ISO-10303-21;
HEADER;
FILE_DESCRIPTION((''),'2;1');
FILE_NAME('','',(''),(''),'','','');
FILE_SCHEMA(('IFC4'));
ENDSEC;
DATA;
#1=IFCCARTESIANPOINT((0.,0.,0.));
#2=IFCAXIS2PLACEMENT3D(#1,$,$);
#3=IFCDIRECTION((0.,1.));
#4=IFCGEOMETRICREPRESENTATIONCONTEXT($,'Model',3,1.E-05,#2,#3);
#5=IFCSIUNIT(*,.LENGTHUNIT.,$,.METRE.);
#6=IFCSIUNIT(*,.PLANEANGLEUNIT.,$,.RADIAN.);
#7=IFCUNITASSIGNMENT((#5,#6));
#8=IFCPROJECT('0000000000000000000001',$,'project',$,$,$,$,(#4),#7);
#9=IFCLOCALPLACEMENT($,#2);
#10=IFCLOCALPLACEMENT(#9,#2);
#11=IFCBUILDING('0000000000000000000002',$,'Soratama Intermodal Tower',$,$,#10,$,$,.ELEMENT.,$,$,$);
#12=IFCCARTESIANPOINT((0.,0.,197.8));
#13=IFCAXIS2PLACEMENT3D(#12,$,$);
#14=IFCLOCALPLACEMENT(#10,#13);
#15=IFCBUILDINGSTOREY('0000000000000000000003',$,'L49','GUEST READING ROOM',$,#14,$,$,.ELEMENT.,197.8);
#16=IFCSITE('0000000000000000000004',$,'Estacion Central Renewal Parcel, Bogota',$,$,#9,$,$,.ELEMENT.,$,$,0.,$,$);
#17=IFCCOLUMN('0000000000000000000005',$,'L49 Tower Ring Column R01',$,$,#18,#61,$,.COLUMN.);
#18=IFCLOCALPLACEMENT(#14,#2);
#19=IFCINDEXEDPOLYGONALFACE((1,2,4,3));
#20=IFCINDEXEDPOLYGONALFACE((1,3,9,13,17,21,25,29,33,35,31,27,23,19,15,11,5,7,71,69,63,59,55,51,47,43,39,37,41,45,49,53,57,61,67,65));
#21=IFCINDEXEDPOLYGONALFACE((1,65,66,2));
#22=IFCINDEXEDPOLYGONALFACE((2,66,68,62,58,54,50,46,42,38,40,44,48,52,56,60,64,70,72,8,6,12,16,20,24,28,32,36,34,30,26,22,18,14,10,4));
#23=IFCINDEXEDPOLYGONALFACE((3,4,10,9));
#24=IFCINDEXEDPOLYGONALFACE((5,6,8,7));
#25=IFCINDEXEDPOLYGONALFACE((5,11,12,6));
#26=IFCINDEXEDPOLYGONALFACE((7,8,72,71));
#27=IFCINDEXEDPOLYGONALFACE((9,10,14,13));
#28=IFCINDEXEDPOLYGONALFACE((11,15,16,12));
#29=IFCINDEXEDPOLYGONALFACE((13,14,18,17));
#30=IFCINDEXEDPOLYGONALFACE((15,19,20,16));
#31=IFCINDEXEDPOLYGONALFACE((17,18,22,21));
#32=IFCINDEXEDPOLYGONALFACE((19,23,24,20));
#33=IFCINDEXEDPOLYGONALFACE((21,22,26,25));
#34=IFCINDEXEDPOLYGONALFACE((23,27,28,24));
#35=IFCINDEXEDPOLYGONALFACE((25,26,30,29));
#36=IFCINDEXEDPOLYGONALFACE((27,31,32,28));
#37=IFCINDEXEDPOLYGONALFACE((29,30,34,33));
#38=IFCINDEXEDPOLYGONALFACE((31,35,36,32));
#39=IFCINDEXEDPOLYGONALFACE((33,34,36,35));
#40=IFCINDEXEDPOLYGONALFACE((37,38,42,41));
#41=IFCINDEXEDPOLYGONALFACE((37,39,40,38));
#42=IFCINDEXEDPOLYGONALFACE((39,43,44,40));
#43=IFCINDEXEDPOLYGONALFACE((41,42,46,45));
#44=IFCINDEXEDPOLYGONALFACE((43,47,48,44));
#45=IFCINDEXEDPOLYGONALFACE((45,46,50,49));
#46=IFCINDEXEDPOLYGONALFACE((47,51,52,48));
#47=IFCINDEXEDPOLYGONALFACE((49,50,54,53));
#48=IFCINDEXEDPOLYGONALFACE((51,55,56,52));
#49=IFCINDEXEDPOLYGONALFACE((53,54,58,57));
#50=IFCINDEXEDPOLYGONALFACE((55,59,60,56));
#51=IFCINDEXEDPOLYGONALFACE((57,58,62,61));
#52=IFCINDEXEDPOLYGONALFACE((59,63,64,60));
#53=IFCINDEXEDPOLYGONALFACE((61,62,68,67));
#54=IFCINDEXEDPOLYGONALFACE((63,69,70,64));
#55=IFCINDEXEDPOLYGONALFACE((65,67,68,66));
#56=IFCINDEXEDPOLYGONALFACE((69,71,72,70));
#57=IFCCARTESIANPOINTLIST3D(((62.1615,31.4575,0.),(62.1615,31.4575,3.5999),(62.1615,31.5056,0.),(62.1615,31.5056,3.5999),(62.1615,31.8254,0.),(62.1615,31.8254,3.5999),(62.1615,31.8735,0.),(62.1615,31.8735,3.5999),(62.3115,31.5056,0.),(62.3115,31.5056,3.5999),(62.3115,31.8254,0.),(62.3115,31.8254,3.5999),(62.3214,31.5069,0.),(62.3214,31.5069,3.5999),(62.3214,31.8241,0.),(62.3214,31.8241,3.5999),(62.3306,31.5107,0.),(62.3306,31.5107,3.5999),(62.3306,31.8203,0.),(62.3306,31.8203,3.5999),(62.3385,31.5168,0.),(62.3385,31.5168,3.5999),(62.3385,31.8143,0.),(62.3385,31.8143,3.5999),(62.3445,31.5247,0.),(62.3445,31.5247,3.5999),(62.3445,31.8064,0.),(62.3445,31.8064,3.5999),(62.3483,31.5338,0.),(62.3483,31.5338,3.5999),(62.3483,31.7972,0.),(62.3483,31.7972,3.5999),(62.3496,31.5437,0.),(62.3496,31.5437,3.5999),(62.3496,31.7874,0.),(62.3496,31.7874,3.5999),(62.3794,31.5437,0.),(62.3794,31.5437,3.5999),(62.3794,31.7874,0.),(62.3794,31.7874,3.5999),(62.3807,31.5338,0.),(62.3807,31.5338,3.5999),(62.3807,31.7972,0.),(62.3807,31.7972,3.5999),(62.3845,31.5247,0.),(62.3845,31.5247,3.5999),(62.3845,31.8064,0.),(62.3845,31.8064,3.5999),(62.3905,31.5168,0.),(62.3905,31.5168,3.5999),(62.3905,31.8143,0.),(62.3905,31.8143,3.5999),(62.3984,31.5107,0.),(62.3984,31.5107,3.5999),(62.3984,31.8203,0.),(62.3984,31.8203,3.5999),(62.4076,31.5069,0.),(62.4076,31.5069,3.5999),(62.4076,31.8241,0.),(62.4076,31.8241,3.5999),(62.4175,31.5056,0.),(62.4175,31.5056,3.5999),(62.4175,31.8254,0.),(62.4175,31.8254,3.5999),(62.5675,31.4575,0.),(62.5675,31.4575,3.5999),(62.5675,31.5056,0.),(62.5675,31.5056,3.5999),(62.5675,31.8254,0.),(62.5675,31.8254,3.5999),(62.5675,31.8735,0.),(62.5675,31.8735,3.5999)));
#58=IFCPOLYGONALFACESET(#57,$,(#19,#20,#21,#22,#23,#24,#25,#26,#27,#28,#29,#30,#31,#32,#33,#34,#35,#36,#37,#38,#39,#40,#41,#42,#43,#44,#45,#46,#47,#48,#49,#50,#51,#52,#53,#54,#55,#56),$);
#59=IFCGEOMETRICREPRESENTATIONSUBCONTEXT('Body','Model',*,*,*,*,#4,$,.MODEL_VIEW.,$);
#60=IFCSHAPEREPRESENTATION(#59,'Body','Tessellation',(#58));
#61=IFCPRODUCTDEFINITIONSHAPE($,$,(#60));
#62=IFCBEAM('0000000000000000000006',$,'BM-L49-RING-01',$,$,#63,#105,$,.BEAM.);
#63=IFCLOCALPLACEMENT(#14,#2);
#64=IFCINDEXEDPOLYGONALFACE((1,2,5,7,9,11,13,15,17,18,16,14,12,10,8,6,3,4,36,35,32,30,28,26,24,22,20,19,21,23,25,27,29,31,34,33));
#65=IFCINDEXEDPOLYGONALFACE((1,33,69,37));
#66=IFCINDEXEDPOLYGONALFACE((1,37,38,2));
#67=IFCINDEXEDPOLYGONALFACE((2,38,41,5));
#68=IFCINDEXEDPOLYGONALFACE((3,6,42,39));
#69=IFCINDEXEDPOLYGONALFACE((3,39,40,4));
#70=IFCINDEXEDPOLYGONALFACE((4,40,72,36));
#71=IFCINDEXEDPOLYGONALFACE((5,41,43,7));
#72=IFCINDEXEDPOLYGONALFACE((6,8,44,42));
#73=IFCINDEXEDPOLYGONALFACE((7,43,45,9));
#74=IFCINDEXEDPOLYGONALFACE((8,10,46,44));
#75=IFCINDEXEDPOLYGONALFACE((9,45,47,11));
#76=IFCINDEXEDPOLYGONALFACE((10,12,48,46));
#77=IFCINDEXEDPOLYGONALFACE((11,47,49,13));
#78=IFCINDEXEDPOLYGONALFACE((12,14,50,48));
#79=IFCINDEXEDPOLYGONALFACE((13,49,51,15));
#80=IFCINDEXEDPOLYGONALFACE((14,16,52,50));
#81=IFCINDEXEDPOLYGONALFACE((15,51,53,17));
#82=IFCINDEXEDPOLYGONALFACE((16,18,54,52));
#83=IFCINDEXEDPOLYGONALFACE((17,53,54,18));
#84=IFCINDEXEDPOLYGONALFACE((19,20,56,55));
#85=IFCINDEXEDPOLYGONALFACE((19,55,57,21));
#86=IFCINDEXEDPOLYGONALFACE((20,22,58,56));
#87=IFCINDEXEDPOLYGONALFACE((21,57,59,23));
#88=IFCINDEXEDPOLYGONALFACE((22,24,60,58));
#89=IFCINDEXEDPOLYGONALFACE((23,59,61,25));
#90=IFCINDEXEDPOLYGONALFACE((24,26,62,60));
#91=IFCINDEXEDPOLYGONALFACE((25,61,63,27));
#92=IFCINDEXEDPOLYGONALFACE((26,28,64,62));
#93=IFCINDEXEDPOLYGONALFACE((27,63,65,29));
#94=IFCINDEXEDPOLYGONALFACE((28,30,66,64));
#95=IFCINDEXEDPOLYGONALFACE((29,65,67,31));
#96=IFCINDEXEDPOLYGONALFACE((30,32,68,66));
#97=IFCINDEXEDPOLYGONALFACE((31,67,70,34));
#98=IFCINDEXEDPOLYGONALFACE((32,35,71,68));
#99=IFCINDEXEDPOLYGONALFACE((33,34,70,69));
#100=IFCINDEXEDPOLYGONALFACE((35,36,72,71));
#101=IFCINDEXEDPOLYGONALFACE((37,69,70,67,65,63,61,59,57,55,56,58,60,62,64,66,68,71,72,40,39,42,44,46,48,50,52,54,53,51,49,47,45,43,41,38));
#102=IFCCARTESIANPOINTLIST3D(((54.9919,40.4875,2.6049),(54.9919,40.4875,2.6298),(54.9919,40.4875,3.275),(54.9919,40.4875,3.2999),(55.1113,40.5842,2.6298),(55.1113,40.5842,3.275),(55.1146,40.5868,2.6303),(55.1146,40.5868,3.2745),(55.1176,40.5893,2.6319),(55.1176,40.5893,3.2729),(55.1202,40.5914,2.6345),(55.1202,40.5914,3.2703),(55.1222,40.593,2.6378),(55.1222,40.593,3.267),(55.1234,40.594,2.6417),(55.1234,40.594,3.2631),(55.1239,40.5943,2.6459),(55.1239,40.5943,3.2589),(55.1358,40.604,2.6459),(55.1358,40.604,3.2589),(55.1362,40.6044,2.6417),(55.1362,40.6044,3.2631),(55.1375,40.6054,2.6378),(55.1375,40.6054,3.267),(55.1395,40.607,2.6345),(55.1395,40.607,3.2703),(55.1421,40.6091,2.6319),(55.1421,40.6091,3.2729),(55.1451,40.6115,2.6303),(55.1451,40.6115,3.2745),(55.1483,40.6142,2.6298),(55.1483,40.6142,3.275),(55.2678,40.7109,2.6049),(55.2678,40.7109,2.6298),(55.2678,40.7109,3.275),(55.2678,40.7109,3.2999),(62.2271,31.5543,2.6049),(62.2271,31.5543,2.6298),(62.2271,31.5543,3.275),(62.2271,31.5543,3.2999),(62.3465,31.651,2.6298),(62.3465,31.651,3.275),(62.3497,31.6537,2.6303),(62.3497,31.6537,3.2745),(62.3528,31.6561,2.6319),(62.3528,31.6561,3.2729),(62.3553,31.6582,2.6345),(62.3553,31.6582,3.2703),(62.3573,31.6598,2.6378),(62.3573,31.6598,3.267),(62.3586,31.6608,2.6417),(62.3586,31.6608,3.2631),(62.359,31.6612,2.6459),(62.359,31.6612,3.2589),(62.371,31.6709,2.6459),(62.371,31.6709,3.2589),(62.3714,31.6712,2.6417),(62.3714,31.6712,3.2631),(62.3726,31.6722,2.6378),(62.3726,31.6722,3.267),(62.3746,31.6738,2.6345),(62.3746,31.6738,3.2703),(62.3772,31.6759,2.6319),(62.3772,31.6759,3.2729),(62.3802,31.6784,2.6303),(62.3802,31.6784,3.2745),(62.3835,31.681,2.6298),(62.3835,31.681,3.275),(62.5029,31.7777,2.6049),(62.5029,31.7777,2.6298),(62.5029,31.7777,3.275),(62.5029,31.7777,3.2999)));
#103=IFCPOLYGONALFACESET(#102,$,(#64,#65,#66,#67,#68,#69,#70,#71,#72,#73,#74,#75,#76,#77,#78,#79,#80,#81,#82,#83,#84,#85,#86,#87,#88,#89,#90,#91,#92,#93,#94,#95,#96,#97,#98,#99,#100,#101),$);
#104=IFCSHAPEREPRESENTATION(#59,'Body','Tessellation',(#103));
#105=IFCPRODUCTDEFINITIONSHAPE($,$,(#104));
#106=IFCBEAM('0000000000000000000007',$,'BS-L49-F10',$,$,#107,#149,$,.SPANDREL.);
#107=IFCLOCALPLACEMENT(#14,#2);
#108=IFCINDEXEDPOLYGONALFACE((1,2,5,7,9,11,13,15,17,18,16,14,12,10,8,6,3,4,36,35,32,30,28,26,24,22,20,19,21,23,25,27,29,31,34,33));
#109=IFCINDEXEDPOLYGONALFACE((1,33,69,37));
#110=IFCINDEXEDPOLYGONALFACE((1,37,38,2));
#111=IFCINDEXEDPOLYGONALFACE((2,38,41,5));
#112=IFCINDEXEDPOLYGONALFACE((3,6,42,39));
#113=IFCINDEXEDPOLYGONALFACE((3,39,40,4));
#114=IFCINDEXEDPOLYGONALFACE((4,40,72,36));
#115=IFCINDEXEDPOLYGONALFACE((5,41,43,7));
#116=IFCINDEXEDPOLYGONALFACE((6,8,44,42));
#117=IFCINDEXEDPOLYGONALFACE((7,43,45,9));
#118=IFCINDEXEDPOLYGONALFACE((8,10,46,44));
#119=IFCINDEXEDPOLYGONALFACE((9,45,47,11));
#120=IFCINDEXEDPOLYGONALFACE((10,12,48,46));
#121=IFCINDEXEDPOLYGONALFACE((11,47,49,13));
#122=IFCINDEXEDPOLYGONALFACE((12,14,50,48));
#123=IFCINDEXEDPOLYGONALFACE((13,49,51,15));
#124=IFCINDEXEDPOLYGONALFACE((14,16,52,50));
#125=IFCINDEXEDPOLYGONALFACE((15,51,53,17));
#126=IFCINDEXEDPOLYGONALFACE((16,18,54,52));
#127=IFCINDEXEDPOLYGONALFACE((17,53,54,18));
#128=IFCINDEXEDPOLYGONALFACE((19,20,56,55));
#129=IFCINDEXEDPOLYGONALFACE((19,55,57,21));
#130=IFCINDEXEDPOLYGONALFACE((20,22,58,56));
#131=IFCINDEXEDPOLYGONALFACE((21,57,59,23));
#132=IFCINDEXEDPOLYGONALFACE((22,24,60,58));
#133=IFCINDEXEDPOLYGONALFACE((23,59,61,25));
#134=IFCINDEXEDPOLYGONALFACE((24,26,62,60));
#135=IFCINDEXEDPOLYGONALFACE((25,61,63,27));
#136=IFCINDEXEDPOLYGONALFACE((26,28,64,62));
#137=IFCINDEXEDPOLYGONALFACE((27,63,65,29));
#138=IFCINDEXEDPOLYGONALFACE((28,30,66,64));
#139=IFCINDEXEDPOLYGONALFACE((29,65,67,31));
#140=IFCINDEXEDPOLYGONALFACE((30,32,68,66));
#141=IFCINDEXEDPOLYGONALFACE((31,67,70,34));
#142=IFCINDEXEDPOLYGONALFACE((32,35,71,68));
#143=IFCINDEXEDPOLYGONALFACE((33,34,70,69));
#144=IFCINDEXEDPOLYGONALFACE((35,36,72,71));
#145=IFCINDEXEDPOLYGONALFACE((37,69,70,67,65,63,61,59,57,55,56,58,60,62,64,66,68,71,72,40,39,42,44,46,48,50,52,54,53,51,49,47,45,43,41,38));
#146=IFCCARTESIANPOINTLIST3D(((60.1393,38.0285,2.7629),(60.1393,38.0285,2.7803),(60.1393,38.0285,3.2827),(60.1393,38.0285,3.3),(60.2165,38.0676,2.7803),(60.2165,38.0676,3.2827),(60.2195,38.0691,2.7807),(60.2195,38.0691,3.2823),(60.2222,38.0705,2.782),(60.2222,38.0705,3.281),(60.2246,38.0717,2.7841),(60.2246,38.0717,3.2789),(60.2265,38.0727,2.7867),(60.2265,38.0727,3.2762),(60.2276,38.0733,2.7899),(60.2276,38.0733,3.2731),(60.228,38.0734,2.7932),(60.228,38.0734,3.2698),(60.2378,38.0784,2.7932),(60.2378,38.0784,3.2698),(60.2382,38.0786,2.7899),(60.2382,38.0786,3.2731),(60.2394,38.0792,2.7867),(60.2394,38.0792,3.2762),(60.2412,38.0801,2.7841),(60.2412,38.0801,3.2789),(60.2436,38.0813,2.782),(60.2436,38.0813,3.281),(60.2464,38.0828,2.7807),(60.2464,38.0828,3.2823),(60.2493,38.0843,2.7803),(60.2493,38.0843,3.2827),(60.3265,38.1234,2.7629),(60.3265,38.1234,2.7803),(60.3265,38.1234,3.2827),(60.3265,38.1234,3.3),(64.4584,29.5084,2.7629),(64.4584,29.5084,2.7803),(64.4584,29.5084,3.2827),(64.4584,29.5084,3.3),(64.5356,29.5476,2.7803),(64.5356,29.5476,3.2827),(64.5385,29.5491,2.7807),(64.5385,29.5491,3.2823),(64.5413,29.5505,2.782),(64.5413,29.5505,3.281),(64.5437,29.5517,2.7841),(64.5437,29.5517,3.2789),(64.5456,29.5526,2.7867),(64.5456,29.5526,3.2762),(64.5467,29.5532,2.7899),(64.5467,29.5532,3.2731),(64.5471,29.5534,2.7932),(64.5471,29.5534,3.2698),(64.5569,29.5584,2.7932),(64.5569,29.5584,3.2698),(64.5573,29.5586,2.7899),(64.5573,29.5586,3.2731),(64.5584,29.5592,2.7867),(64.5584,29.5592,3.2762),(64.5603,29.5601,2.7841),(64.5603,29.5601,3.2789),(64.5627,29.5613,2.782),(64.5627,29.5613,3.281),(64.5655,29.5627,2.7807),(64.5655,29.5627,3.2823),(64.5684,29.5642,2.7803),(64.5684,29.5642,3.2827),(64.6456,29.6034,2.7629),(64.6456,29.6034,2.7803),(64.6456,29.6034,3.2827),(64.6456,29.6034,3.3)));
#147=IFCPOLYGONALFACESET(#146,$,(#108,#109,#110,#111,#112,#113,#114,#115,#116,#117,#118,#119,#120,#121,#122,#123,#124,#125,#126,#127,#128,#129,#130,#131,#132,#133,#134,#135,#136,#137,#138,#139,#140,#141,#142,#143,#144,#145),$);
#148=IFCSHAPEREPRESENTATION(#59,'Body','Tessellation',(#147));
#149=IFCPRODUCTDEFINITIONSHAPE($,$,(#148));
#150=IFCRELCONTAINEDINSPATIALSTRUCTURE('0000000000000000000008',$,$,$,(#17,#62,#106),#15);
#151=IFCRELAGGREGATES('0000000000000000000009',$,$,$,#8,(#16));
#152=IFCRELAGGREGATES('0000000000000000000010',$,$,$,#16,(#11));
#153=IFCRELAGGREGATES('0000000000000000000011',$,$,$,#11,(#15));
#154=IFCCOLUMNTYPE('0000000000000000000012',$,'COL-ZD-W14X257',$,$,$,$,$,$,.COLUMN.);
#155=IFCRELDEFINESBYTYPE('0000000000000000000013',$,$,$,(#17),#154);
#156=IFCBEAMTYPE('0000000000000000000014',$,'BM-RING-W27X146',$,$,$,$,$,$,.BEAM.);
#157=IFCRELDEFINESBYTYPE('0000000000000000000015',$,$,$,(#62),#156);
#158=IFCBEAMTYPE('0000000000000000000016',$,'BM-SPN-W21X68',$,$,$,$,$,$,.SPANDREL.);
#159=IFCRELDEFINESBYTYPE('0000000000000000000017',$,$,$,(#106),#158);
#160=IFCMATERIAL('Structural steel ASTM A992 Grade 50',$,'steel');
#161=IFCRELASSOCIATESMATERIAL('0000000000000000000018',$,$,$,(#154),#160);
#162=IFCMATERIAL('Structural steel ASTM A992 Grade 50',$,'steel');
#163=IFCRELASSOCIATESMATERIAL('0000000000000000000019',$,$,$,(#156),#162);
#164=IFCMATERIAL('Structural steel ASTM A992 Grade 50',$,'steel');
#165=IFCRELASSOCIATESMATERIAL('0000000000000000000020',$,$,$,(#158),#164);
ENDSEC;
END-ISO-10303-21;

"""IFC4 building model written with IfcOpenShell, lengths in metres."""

from ifc_helpers import new_model, si_unit, direction, frame, origin, origin_2d, place, context, subcontext, project, spatial, i_section, extrude, material, material_profile, profile_set, type_object, element, save


model = new_model("IFC4")

# Units and contexts
model_context = context("Model", 3, precision=1e-05, world=origin(), true_north=direction((0.0, 1.0)))
body_context = subcontext(model_context, "Body", "Model", "MODEL_VIEW")
ifc_project = project(units=[si_unit("LENGTHUNIT", "METRE"), si_unit("PLANEANGLEUNIT", "RADIAN")], contexts=[model_context])

# Site, building, storey
site_placement = place(None, origin())
site = spatial("IfcSite", under=ifc_project, at=site_placement, Name="Estacion Central Renewal Parcel, Bogota", CompositionType="ELEMENT", RefElevation=0.0)
building_placement = place(site_placement, origin())
building = spatial("IfcBuilding", under=site, at=building_placement, Name="Soratama Intermodal Tower", CompositionType="ELEMENT")
storey_placement = place(building_placement, frame((0.0, 0.0, 197.8)))
storey = spatial("IfcBuildingStorey", under=building, at=storey_placement, Name="L49", Description="GUEST READING ROOM", CompositionType="ELEMENT", Elevation=197.8)

# Column
ifc_material_1 = material(Name="Structural steel ASTM A992 Grade 50", Category="steel")
ifc_material_profile_1 = material_profile(ifc_material_1, i_section(OverallWidth=0.406, OverallDepth=0.416, WebThickness=0.0298, FlangeThickness=0.0481, FilletRadius=0.0381, at=origin_2d()), Name="W14X257")
ifc_profile_set_1 = profile_set([ifc_material_profile_1], Name="Structural steel ASTM A992 Grade 50")
column_type = type_object("IfcColumnType", Name="COL-ZD-W14X257", PredefinedType="COLUMN", material=ifc_profile_set_1)
column_placement = place(storey_placement, frame((62.3645, 31.6655, 0.0), z_axis=(0.0, 0.0, 1.0), x_axis=(1.0, 0.0, 0.0)))
element("IfcColumn", 1, at=column_placement, inside=storey, type_object=column_type, Name="L49 Tower Ring Column R01", PredefinedType="COLUMN", context=body_context, shape_type="SweptSolid", body=[
    extrude(i_section(OverallWidth=0.406, OverallDepth=0.416, WebThickness=0.0298, FlangeThickness=0.0481, FilletRadius=0.0381, at=origin_2d()), origin(), (0.0, 0.0, 1.0), 3.5999),
])

# Beams
ifc_material_2 = material(Name="Structural steel ASTM A992 Grade 50", Category="steel")
ifc_material_profile_2 = material_profile(ifc_material_2, i_section(OverallWidth=0.355, OverallDepth=0.6951, WebThickness=0.0154, FlangeThickness=0.0249, FilletRadius=0.0161, at=origin_2d()), Name="W27X146")
ifc_profile_set_2 = profile_set([ifc_material_profile_2], Name="Structural steel ASTM A992 Grade 50")
beam_type_1 = type_object("IfcBeamType", Name="BM-RING-W27X146", PredefinedType="BEAM", material=ifc_profile_set_2)
beam_1_placement = place(storey_placement, frame((62.365, 31.666, 2.9524), z_axis=(-0.629385, 0.777094, 0.0), x_axis=(-0.777094, -0.629385, 0.0)))
element("IfcBeam", 2, at=beam_1_placement, inside=storey, type_object=beam_type_1, Name="BM-L49-RING-01", PredefinedType="BEAM", context=body_context, shape_type="SweptSolid", body=[
    extrude(i_section(OverallWidth=0.355, OverallDepth=0.6951, WebThickness=0.0154, FlangeThickness=0.0249, FilletRadius=0.0161, at=origin_2d()), origin(), (0.0, 0.0, 1.0), 11.4956),
])
ifc_material_3 = material(Name="Structural steel ASTM A992 Grade 50", Category="steel")
ifc_material_profile_3 = material_profile(ifc_material_3, i_section(OverallWidth=0.21, OverallDepth=0.5371, WebThickness=0.011, FlangeThickness=0.0173, FilletRadius=0.0129, at=origin_2d()), Name="W21X68")
ifc_profile_set_3 = profile_set([ifc_material_profile_3], Name="Structural steel ASTM A992 Grade 50")
beam_type_2 = type_object("IfcBeamType", Name="BM-SPN-W21X68", PredefinedType="SPANDREL", material=ifc_profile_set_3)
beam_2_placement = place(storey_placement, frame((64.552, 29.5559, 3.0315), z_axis=(-0.452155, 0.891939, 0.0), x_axis=(-0.891939, -0.452155, 0.0)))
element("IfcBeam", 3, at=beam_2_placement, inside=storey, type_object=beam_type_2, Name="BS-L49-F10", PredefinedType="SPANDREL", context=body_context, shape_type="SweptSolid", body=[
    extrude(i_section(OverallWidth=0.21, OverallDepth=0.5371, WebThickness=0.011, FlangeThickness=0.0173, FilletRadius=0.0129, at=origin_2d()), origin(), (0.0, 0.0, 1.0), 9.5522),
])

save(model, "model.ifc")
